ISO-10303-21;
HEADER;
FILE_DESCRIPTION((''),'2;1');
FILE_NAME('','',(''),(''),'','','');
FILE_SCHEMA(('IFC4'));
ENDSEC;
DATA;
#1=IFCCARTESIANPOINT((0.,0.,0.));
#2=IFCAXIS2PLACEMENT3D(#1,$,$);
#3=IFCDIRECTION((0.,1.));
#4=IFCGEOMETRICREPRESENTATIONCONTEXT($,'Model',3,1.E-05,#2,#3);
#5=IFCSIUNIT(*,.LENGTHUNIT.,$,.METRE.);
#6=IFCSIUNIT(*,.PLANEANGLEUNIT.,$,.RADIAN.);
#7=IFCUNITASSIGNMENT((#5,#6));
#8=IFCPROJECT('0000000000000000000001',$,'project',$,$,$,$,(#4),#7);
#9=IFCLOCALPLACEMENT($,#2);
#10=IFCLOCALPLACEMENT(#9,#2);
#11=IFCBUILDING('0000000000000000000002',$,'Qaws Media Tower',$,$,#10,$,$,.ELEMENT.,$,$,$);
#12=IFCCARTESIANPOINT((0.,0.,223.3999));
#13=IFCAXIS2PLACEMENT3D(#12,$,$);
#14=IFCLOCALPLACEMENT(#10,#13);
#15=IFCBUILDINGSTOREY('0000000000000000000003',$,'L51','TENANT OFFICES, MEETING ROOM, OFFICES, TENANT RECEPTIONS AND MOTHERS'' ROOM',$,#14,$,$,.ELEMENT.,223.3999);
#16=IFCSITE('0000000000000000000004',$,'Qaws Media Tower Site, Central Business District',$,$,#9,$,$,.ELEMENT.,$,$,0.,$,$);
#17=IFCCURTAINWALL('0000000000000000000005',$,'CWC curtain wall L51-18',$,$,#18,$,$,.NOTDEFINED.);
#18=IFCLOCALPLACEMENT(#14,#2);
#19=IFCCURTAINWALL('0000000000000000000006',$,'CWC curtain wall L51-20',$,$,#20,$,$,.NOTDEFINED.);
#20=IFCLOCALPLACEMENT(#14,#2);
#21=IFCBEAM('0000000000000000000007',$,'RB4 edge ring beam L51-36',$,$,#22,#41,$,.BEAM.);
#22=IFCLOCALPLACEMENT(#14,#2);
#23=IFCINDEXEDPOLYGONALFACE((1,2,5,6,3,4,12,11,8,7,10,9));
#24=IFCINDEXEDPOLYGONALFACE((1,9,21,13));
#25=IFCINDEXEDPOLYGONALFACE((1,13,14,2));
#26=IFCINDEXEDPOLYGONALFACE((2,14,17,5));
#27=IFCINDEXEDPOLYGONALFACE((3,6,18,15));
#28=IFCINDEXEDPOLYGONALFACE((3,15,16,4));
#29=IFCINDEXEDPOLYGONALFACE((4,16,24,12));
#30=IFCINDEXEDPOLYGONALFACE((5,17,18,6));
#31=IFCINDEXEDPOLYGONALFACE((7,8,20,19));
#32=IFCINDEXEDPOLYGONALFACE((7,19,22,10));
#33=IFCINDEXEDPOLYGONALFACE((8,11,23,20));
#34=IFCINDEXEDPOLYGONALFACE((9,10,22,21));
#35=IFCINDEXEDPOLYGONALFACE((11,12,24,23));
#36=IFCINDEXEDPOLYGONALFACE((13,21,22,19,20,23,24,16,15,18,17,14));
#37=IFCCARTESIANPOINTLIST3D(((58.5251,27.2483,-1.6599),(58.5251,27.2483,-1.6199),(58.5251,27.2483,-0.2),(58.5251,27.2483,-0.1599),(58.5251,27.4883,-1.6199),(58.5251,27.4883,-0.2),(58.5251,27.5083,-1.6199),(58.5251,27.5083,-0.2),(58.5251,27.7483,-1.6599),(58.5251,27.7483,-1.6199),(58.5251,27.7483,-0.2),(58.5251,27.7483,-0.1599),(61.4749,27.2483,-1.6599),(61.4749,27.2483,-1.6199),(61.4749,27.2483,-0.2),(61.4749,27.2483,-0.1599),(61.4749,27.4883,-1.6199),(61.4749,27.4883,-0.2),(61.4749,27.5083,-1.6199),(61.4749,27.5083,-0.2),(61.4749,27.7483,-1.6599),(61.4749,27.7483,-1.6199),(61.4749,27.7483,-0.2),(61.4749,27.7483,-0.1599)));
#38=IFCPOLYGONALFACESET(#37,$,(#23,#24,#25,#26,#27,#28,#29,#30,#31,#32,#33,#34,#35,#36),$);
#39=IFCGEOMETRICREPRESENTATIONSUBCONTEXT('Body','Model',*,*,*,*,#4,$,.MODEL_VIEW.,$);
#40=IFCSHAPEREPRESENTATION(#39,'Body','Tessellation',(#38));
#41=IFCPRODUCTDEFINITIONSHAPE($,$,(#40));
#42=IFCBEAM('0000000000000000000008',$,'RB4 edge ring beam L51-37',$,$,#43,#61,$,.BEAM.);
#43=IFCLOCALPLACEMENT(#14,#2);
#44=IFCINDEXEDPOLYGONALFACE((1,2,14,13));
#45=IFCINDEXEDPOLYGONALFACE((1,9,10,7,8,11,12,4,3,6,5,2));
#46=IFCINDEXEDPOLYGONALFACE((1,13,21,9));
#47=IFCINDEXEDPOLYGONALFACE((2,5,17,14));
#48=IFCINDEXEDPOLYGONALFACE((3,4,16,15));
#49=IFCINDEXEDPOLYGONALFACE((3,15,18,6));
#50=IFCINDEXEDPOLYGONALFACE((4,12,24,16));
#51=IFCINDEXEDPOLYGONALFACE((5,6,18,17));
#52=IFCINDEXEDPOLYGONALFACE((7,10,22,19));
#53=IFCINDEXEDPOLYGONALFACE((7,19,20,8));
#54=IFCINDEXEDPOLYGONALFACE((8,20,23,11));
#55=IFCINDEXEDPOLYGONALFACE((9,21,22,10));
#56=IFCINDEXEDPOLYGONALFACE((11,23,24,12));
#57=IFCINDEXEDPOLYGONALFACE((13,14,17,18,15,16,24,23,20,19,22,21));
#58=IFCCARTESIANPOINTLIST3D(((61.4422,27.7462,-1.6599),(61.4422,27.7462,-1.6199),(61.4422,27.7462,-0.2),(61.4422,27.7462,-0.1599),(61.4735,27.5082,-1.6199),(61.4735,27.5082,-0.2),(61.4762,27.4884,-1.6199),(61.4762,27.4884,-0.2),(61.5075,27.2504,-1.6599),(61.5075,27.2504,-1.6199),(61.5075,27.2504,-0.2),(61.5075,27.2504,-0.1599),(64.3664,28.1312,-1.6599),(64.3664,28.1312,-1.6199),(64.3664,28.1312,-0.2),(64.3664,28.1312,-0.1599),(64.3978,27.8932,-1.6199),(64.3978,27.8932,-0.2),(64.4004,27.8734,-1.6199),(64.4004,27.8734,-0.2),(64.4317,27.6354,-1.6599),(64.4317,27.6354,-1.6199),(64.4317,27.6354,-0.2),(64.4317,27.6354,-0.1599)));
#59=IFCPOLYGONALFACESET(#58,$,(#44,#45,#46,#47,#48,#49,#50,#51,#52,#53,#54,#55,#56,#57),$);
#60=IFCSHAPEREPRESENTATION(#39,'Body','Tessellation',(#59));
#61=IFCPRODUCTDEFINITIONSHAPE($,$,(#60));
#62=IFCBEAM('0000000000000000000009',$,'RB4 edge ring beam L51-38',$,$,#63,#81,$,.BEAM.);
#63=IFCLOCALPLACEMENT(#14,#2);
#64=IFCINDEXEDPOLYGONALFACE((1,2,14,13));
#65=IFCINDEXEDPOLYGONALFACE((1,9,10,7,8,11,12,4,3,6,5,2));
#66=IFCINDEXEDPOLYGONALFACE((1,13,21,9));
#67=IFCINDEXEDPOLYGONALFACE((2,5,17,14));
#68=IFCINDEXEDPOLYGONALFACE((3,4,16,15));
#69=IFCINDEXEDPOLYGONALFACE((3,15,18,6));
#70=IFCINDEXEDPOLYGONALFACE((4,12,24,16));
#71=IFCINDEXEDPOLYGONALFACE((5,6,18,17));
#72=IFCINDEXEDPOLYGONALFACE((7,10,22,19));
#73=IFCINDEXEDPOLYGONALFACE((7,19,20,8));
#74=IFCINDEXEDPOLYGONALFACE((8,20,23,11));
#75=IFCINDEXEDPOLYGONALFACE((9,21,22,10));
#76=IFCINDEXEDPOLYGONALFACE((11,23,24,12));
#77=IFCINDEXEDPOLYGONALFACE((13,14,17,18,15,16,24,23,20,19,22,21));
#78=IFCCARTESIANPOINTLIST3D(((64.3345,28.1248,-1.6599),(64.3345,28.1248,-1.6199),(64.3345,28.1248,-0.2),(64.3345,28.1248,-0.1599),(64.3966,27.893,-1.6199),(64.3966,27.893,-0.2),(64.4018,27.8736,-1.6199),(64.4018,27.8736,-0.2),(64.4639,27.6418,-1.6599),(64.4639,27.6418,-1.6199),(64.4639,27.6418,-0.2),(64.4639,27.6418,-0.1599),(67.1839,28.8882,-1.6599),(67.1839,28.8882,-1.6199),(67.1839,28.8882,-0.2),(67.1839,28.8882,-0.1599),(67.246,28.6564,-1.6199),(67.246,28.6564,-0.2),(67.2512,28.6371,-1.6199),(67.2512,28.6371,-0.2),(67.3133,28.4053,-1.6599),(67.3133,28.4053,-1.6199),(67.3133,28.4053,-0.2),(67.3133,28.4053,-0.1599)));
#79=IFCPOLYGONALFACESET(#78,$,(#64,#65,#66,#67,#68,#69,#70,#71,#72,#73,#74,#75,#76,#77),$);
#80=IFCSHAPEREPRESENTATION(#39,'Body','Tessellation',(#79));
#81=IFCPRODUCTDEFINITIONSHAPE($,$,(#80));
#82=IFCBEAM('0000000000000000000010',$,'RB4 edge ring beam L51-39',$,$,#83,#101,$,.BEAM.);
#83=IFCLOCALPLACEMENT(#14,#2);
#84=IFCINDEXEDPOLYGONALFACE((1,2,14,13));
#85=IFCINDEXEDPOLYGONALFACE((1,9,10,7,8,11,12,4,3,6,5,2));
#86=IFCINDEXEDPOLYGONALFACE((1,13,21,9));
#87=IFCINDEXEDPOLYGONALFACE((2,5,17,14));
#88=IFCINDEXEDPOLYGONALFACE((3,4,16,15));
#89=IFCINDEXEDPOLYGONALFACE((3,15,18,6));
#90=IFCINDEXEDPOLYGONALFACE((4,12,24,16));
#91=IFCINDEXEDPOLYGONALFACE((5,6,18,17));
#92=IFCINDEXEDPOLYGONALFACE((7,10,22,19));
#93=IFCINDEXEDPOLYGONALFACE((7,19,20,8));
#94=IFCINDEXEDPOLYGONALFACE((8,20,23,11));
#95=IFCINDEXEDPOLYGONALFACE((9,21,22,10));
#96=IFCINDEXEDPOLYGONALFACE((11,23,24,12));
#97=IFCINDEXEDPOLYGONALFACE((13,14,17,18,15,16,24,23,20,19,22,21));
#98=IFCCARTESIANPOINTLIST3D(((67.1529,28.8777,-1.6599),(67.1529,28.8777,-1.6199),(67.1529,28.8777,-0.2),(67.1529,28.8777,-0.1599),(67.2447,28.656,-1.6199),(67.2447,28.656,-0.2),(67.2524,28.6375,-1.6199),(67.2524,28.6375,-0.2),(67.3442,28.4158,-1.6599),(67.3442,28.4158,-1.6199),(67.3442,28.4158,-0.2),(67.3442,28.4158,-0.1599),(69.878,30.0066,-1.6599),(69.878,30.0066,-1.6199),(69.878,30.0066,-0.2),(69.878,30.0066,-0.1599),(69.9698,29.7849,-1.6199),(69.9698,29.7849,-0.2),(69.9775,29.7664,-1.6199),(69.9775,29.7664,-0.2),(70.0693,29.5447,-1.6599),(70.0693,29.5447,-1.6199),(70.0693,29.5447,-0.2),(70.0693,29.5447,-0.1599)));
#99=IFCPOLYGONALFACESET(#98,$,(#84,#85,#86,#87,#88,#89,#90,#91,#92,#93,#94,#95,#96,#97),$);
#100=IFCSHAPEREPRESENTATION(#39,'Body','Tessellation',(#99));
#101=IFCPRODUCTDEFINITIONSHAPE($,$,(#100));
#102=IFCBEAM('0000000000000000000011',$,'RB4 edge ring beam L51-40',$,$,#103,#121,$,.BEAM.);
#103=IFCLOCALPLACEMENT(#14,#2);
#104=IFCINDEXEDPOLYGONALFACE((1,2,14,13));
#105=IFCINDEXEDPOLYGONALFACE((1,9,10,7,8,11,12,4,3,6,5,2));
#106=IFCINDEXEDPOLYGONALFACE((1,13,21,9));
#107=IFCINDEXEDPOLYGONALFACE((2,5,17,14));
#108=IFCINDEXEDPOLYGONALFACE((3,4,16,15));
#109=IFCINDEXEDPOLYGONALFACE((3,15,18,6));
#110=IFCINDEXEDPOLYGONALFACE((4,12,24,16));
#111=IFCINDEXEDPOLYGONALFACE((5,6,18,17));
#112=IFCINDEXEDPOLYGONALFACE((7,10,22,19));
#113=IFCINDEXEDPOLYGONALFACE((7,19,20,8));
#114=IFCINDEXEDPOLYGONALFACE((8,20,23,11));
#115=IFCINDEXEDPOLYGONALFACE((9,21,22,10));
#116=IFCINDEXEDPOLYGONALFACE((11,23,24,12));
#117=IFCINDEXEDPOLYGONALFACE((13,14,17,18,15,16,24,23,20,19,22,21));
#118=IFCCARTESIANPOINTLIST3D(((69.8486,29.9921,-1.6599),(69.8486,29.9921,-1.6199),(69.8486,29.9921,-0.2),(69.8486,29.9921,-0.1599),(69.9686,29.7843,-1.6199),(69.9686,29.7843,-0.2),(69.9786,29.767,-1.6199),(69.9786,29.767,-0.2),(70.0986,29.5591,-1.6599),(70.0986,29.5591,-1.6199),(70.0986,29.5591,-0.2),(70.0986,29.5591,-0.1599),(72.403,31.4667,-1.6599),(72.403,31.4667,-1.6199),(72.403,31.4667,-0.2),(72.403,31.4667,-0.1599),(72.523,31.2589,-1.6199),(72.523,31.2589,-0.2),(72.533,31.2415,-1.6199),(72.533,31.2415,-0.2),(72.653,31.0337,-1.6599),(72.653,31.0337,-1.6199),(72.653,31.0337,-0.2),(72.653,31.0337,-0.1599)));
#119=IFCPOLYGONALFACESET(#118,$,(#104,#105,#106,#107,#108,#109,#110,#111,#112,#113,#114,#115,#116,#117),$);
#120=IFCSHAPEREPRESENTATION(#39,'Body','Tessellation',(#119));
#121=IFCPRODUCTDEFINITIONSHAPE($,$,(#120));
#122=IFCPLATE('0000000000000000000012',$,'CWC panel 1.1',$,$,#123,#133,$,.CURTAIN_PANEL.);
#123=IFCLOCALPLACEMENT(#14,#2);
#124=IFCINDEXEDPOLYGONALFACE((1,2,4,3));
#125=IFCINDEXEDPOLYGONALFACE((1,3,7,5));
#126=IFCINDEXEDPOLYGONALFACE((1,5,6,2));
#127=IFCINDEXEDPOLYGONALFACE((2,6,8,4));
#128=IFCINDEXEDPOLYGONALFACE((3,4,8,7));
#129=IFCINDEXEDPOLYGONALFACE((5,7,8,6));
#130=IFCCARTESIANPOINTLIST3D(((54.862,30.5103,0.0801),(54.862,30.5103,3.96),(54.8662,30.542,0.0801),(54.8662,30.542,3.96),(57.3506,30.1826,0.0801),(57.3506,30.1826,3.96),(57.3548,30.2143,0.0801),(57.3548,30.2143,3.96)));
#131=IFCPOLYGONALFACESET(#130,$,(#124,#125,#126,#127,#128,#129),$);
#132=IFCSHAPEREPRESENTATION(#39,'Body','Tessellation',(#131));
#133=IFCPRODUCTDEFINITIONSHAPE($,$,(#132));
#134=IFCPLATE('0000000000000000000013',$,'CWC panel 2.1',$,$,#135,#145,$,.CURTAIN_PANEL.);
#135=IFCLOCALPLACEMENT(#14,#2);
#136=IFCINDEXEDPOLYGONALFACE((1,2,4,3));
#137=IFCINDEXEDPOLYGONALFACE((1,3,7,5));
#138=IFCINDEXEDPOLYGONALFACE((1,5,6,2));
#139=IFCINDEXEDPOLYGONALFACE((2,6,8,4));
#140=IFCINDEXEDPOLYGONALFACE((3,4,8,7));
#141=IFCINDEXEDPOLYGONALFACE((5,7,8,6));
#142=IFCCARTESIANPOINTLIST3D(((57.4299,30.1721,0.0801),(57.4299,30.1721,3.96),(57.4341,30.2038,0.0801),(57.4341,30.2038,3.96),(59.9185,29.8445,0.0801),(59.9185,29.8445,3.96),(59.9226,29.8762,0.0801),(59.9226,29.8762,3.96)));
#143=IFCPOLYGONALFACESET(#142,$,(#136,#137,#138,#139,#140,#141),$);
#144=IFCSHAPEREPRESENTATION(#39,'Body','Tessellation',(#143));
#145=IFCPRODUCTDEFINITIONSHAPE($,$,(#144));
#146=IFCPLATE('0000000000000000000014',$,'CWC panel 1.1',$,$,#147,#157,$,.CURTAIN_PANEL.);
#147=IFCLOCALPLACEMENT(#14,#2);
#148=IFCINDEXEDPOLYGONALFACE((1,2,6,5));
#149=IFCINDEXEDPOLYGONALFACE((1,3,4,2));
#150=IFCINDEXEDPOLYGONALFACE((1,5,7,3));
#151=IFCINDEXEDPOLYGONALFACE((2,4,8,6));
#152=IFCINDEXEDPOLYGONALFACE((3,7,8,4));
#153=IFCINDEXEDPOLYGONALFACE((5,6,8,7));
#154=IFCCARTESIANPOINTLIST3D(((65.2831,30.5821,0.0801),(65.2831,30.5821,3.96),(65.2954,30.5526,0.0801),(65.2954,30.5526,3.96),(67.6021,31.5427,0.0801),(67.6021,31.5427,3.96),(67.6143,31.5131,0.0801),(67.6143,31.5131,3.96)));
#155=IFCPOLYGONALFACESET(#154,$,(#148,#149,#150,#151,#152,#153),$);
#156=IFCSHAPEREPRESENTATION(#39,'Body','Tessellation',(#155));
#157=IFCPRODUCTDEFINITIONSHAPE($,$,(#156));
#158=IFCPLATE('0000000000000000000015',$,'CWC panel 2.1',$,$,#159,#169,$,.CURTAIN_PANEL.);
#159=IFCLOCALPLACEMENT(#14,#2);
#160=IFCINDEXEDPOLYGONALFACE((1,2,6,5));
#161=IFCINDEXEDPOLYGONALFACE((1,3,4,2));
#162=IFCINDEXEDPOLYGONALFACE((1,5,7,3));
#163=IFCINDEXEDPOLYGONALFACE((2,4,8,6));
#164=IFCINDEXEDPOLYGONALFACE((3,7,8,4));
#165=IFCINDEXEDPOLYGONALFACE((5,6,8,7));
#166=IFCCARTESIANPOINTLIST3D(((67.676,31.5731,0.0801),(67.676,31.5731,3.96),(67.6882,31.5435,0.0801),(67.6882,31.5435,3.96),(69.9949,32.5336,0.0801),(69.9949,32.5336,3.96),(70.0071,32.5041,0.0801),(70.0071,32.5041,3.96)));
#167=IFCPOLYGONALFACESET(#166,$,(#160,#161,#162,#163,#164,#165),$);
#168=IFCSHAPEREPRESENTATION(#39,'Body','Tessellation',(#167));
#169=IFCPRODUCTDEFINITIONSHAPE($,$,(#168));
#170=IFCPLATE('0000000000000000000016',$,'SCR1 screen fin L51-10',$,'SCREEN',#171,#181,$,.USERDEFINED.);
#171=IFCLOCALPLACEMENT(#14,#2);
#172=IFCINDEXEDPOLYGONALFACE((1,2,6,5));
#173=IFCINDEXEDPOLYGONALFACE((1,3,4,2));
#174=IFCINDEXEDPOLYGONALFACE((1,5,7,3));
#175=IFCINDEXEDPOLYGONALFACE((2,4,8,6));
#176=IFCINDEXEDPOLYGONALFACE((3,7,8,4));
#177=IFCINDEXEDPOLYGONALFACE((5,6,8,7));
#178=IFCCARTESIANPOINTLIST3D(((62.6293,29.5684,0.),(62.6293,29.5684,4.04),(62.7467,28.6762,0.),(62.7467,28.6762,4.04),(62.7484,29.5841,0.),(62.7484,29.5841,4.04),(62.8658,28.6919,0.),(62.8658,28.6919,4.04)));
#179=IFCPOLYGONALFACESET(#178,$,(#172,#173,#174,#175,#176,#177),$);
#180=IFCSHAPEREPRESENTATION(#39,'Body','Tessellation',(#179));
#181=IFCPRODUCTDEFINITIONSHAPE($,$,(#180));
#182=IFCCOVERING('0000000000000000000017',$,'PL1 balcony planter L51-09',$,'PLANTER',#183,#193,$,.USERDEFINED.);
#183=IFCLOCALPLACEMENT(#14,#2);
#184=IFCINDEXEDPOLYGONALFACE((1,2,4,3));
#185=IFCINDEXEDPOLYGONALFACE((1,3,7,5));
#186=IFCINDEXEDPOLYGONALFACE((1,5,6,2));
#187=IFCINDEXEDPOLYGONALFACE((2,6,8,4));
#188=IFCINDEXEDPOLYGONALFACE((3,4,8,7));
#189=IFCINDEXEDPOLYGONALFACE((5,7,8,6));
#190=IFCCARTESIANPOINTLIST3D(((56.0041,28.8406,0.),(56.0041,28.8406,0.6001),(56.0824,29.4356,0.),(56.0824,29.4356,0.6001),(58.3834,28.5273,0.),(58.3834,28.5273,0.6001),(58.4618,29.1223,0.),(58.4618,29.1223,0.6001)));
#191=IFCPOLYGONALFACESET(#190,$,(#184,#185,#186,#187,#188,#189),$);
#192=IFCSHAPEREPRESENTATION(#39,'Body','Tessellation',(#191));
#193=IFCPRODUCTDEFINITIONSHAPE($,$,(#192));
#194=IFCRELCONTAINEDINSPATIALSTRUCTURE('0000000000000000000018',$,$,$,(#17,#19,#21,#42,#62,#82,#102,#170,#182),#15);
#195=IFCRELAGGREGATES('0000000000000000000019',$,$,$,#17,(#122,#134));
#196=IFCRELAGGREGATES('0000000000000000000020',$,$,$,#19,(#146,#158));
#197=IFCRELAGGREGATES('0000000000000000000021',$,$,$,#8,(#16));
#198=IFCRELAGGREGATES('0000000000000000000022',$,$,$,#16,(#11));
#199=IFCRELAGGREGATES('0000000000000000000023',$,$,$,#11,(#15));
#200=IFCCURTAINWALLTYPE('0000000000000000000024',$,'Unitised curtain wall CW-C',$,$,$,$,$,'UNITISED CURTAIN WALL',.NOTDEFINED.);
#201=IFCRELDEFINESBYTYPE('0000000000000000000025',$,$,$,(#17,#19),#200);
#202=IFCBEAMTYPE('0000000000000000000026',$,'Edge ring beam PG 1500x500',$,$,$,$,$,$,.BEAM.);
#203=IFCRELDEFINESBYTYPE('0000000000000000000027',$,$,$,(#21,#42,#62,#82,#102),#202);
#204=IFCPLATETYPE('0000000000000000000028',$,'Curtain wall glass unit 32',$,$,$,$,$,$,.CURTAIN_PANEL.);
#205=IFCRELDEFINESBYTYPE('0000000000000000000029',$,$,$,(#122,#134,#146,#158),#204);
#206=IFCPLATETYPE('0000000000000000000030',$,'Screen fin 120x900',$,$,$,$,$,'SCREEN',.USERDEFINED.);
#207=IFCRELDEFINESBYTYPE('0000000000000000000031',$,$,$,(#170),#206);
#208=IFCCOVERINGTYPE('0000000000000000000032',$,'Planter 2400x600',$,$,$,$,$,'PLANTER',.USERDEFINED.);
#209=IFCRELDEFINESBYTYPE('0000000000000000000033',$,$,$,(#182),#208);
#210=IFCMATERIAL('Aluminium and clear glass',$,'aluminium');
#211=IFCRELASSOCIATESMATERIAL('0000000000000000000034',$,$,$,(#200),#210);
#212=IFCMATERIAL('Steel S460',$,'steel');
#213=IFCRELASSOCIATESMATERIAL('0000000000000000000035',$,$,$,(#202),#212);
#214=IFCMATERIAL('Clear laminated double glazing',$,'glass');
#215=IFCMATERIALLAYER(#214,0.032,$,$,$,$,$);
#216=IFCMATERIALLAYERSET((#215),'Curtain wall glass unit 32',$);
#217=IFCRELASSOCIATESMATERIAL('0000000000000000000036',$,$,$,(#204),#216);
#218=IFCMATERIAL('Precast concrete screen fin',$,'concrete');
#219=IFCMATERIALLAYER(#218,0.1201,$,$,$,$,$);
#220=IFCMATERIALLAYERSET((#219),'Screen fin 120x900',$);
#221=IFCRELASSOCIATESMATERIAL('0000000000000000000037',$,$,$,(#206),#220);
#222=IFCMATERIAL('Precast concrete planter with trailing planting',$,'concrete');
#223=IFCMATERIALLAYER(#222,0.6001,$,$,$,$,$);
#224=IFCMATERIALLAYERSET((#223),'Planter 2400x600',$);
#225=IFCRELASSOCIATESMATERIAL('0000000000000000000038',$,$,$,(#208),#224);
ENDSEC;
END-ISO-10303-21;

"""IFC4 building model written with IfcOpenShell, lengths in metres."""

from ifc_helpers import new_model, si_unit, direction, frame, origin, origin_2d, place, context, subcontext, project, spatial, rectangle, i_section, extrude, material, layer, layer_set, material_profile, profile_set, type_object, element, aggregate, save


model = new_model("IFC4")

# Units and contexts
model_context = context("Model", 3, precision=1e-05, world=origin(), true_north=direction((0.0, 1.0)))
body_context = subcontext(model_context, "Body", "Model", "MODEL_VIEW")
ifc_project = project(units=[si_unit("LENGTHUNIT", "METRE"), si_unit("PLANEANGLEUNIT", "RADIAN")], contexts=[model_context])

# Site, building, storey
site_placement = place(None, origin())
site = spatial("IfcSite", under=ifc_project, at=site_placement, Name="Qaws Media Tower Site, Central Business District", CompositionType="ELEMENT", RefElevation=0.0)
building_placement = place(site_placement, origin())
building = spatial("IfcBuilding", under=site, at=building_placement, Name="Qaws Media Tower", CompositionType="ELEMENT")
storey_placement = place(building_placement, frame((0.0, 0.0, 223.3999)))
storey = spatial("IfcBuildingStorey", under=building, at=storey_placement, Name="L51", Description="TENANT OFFICES, MEETING ROOM, OFFICES, TENANT RECEPTIONS AND MOTHERS' ROOM", CompositionType="ELEMENT", Elevation=223.3999)

# Curtain walls
ifc_material_1 = material(Name="Aluminium and clear glass", Category="aluminium")
curtain_wall_type = type_object("IfcCurtainWallType", Name="Unitised curtain wall CW-C", ElementType="UNITISED CURTAIN WALL", PredefinedType="NOTDEFINED", material=ifc_material_1)
curtain_wall_1_placement = place(storey_placement, origin())
curtain_wall_1 = element("IfcCurtainWall", 1, at=curtain_wall_1_placement, inside=storey, type_object=curtain_wall_type, Name="CWC curtain wall L51-18", PredefinedType="NOTDEFINED")
curtain_wall_2_placement = place(storey_placement, origin())
curtain_wall_2 = element("IfcCurtainWall", 2, at=curtain_wall_2_placement, inside=storey, type_object=curtain_wall_type, Name="CWC curtain wall L51-20", PredefinedType="NOTDEFINED")

# Beams
ifc_material_2 = material(Name="Steel S460", Category="steel")
ifc_material_profile_1 = material_profile(ifc_material_2, i_section(OverallWidth=0.5, OverallDepth=1.5, WebThickness=0.02, FlangeThickness=0.04, at=origin_2d()), Name="PG 1500x500")
ifc_profile_set_1 = profile_set([ifc_material_profile_1], Name="Steel S460")
beam_type = type_object("IfcBeamType", Name="Edge ring beam PG 1500x500", PredefinedType="BEAM", material=ifc_profile_set_1)
beam_1_placement = place(storey_placement, frame((58.5251, 27.4983, -0.9099), z_axis=(1.0, 0.0, 0.0), x_axis=(0.0, 1.0, 0.0)))
element("IfcBeam", 3, at=beam_1_placement, inside=storey, type_object=beam_type, Name="RB4 edge ring beam L51-36", PredefinedType="BEAM", context=body_context, shape_type="SweptSolid", body=[
    extrude(i_section(OverallWidth=0.5, OverallDepth=1.5, WebThickness=0.02, FlangeThickness=0.04, at=origin_2d()), origin(), (0.0, 0.0, 1.0), 2.9497),
])
beam_2_placement = place(storey_placement, frame((61.4749, 27.4983, -0.9099), z_axis=(0.991444, 0.130532, 0.0), x_axis=(-0.130532, 0.991444, 0.0)))
element("IfcBeam", 4, at=beam_2_placement, inside=storey, type_object=beam_type, Name="RB4 edge ring beam L51-37", PredefinedType="BEAM", context=body_context, shape_type="SweptSolid", body=[
    extrude(i_section(OverallWidth=0.5, OverallDepth=1.5, WebThickness=0.02, FlangeThickness=0.04, at=origin_2d()), origin(), (0.0, 0.0, 1.0), 2.9495),
])
beam_3_placement = place(storey_placement, frame((64.3992, 27.8833, -0.9099), z_axis=(0.965931, 0.258801, 0.0), x_axis=(-0.258801, 0.965931, 0.0)))
element("IfcBeam", 5, at=beam_3_placement, inside=storey, type_object=beam_type, Name="RB4 edge ring beam L51-38", PredefinedType="BEAM", context=body_context, shape_type="SweptSolid", body=[
    extrude(i_section(OverallWidth=0.5, OverallDepth=1.5, WebThickness=0.02, FlangeThickness=0.04, at=origin_2d()), origin(), (0.0, 0.0, 1.0), 2.95),
])
beam_4_placement = place(storey_placement, frame((67.2485, 28.6467, -0.9099), z_axis=(0.923863, 0.382722, 0.0), x_axis=(-0.382722, 0.923863, 0.0)))
element("IfcBeam", 6, at=beam_4_placement, inside=storey, type_object=beam_type, Name="RB4 edge ring beam L51-39", PredefinedType="BEAM", context=body_context, shape_type="SweptSolid", body=[
    extrude(i_section(OverallWidth=0.5, OverallDepth=1.5, WebThickness=0.02, FlangeThickness=0.04, at=origin_2d()), origin(), (0.0, 0.0, 1.0), 2.9497),
])
beam_5_placement = place(storey_placement, frame((69.9736, 29.7756, -0.9099), z_axis=(0.866055, 0.499949, 0.0), x_axis=(-0.499949, 0.866055, 0.0)))
element("IfcBeam", 7, at=beam_5_placement, inside=storey, type_object=beam_type, Name="RB4 edge ring beam L51-40", PredefinedType="BEAM", context=body_context, shape_type="SweptSolid", body=[
    extrude(i_section(OverallWidth=0.5, OverallDepth=1.5, WebThickness=0.02, FlangeThickness=0.04, at=origin_2d()), origin(), (0.0, 0.0, 1.0), 2.9495),
])

# Plates
ifc_material_3 = material(Name="Clear laminated double glazing", Category="glass")
ifc_layer_1 = layer(ifc_material_3, 0.032)
ifc_layer_set_1 = layer_set([ifc_layer_1], Name="Curtain wall glass unit 32")
plate_type_1 = type_object("IfcPlateType", Name="Curtain wall glass unit 32", PredefinedType="CURTAIN_PANEL", material=ifc_layer_set_1)
plate_1_placement = place(storey_placement, frame((56.1084, 30.3623, 0.0801), z_axis=(0.0, 0.0, 1.0), x_axis=(0.991445, -0.130526, 0.0)))
plate_1 = element("IfcPlate", 8, at=plate_1_placement, type_object=plate_type_1, Name="CWC panel 1.1", PredefinedType="CURTAIN_PANEL", context=body_context, shape_type="SweptSolid", body=[
    extrude(rectangle(XDim=2.51, YDim=0.032, at=origin_2d()), origin(), (0.0, 0.0, 1.0), 3.8799),
])
plate_2_placement = place(storey_placement, frame((58.6763, 30.0242, 0.0801), z_axis=(0.0, 0.0, 1.0), x_axis=(0.991445, -0.130526, 0.0)))
plate_2 = element("IfcPlate", 9, at=plate_2_placement, type_object=plate_type_1, Name="CWC panel 2.1", PredefinedType="CURTAIN_PANEL", context=body_context, shape_type="SweptSolid", body=[
    extrude(rectangle(XDim=2.51, YDim=0.032, at=origin_2d()), origin(), (0.0, 0.0, 1.0), 3.8799),
])
aggregate(curtain_wall_1, [plate_1, plate_2])
plate_3_placement = place(storey_placement, frame((66.4487, 31.0476, 0.0801), z_axis=(0.0, 0.0, 1.0), x_axis=(0.92388, 0.382683, 0.0)))
plate_3 = element("IfcPlate", 10, at=plate_3_placement, type_object=plate_type_1, Name="CWC panel 1.1", PredefinedType="CURTAIN_PANEL", context=body_context, shape_type="SweptSolid", body=[
    extrude(rectangle(XDim=2.51, YDim=0.032, at=origin_2d()), origin(), (0.0, 0.0, 1.0), 3.8799),
])
plate_4_placement = place(storey_placement, frame((68.8416, 32.0386, 0.0801), z_axis=(0.0, 0.0, 1.0), x_axis=(0.92388, 0.382683, 0.0)))
plate_4 = element("IfcPlate", 11, at=plate_4_placement, type_object=plate_type_1, Name="CWC panel 2.1", PredefinedType="CURTAIN_PANEL", context=body_context, shape_type="SweptSolid", body=[
    extrude(rectangle(XDim=2.51, YDim=0.032, at=origin_2d()), origin(), (0.0, 0.0, 1.0), 3.8799),
])
aggregate(curtain_wall_2, [plate_3, plate_4])
ifc_material_4 = material(Name="Precast concrete screen fin", Category="concrete")
ifc_layer_2 = layer(ifc_material_4, 0.1201)
ifc_layer_set_2 = layer_set([ifc_layer_2], Name="Screen fin 120x900")
plate_type_2 = type_object("IfcPlateType", Name="Screen fin 120x900", ElementType="SCREEN", PredefinedType="USERDEFINED", material=ifc_layer_set_2)
plate_5_placement = place(storey_placement, frame((62.7476, 29.1301, 0.0), z_axis=(0.0, 0.0, 1.0), x_axis=(0.130526, -0.991445, 0.0)))
element("IfcPlate", 12, at=plate_5_placement, inside=storey, type_object=plate_type_2, Name="SCR1 screen fin L51-10", ObjectType="SCREEN", PredefinedType="USERDEFINED", context=body_context, shape_type="SweptSolid", body=[
    extrude(rectangle(XDim=0.8999, YDim=0.1201, at=origin_2d()), origin(), (0.0, 0.0, 1.0), 4.04),
])

# Covering
ifc_material_5 = material(Name="Precast concrete planter with trailing planting", Category="concrete")
ifc_layer_3 = layer(ifc_material_5, 0.6001)
ifc_layer_set_3 = layer_set([ifc_layer_3], Name="Planter 2400x600")
covering_type = type_object("IfcCoveringType", Name="Planter 2400x600", ElementType="PLANTER", PredefinedType="USERDEFINED", material=ifc_layer_set_3)
for number, where, z_axis, x_axis, name in (
    (13, (57.2329, 28.9814, 0.0), (0.0, 0.0, 1.0), (0.991445, -0.130526, 0.0), "PL1 balcony planter L51-09"),
):
    element("IfcCovering", number, at=place(storey_placement, frame(where, z_axis=z_axis, x_axis=x_axis)), inside=storey, type_object=covering_type, Name=name, ObjectType="PLANTER", PredefinedType="USERDEFINED", context=body_context, shape_type="SweptSolid", body=[
        extrude(rectangle(XDim=2.3999, YDim=0.6001, at=origin_2d()), origin(), (0.0, 0.0, 1.0), 0.6001),
    ])

save(model, "model.ifc")
